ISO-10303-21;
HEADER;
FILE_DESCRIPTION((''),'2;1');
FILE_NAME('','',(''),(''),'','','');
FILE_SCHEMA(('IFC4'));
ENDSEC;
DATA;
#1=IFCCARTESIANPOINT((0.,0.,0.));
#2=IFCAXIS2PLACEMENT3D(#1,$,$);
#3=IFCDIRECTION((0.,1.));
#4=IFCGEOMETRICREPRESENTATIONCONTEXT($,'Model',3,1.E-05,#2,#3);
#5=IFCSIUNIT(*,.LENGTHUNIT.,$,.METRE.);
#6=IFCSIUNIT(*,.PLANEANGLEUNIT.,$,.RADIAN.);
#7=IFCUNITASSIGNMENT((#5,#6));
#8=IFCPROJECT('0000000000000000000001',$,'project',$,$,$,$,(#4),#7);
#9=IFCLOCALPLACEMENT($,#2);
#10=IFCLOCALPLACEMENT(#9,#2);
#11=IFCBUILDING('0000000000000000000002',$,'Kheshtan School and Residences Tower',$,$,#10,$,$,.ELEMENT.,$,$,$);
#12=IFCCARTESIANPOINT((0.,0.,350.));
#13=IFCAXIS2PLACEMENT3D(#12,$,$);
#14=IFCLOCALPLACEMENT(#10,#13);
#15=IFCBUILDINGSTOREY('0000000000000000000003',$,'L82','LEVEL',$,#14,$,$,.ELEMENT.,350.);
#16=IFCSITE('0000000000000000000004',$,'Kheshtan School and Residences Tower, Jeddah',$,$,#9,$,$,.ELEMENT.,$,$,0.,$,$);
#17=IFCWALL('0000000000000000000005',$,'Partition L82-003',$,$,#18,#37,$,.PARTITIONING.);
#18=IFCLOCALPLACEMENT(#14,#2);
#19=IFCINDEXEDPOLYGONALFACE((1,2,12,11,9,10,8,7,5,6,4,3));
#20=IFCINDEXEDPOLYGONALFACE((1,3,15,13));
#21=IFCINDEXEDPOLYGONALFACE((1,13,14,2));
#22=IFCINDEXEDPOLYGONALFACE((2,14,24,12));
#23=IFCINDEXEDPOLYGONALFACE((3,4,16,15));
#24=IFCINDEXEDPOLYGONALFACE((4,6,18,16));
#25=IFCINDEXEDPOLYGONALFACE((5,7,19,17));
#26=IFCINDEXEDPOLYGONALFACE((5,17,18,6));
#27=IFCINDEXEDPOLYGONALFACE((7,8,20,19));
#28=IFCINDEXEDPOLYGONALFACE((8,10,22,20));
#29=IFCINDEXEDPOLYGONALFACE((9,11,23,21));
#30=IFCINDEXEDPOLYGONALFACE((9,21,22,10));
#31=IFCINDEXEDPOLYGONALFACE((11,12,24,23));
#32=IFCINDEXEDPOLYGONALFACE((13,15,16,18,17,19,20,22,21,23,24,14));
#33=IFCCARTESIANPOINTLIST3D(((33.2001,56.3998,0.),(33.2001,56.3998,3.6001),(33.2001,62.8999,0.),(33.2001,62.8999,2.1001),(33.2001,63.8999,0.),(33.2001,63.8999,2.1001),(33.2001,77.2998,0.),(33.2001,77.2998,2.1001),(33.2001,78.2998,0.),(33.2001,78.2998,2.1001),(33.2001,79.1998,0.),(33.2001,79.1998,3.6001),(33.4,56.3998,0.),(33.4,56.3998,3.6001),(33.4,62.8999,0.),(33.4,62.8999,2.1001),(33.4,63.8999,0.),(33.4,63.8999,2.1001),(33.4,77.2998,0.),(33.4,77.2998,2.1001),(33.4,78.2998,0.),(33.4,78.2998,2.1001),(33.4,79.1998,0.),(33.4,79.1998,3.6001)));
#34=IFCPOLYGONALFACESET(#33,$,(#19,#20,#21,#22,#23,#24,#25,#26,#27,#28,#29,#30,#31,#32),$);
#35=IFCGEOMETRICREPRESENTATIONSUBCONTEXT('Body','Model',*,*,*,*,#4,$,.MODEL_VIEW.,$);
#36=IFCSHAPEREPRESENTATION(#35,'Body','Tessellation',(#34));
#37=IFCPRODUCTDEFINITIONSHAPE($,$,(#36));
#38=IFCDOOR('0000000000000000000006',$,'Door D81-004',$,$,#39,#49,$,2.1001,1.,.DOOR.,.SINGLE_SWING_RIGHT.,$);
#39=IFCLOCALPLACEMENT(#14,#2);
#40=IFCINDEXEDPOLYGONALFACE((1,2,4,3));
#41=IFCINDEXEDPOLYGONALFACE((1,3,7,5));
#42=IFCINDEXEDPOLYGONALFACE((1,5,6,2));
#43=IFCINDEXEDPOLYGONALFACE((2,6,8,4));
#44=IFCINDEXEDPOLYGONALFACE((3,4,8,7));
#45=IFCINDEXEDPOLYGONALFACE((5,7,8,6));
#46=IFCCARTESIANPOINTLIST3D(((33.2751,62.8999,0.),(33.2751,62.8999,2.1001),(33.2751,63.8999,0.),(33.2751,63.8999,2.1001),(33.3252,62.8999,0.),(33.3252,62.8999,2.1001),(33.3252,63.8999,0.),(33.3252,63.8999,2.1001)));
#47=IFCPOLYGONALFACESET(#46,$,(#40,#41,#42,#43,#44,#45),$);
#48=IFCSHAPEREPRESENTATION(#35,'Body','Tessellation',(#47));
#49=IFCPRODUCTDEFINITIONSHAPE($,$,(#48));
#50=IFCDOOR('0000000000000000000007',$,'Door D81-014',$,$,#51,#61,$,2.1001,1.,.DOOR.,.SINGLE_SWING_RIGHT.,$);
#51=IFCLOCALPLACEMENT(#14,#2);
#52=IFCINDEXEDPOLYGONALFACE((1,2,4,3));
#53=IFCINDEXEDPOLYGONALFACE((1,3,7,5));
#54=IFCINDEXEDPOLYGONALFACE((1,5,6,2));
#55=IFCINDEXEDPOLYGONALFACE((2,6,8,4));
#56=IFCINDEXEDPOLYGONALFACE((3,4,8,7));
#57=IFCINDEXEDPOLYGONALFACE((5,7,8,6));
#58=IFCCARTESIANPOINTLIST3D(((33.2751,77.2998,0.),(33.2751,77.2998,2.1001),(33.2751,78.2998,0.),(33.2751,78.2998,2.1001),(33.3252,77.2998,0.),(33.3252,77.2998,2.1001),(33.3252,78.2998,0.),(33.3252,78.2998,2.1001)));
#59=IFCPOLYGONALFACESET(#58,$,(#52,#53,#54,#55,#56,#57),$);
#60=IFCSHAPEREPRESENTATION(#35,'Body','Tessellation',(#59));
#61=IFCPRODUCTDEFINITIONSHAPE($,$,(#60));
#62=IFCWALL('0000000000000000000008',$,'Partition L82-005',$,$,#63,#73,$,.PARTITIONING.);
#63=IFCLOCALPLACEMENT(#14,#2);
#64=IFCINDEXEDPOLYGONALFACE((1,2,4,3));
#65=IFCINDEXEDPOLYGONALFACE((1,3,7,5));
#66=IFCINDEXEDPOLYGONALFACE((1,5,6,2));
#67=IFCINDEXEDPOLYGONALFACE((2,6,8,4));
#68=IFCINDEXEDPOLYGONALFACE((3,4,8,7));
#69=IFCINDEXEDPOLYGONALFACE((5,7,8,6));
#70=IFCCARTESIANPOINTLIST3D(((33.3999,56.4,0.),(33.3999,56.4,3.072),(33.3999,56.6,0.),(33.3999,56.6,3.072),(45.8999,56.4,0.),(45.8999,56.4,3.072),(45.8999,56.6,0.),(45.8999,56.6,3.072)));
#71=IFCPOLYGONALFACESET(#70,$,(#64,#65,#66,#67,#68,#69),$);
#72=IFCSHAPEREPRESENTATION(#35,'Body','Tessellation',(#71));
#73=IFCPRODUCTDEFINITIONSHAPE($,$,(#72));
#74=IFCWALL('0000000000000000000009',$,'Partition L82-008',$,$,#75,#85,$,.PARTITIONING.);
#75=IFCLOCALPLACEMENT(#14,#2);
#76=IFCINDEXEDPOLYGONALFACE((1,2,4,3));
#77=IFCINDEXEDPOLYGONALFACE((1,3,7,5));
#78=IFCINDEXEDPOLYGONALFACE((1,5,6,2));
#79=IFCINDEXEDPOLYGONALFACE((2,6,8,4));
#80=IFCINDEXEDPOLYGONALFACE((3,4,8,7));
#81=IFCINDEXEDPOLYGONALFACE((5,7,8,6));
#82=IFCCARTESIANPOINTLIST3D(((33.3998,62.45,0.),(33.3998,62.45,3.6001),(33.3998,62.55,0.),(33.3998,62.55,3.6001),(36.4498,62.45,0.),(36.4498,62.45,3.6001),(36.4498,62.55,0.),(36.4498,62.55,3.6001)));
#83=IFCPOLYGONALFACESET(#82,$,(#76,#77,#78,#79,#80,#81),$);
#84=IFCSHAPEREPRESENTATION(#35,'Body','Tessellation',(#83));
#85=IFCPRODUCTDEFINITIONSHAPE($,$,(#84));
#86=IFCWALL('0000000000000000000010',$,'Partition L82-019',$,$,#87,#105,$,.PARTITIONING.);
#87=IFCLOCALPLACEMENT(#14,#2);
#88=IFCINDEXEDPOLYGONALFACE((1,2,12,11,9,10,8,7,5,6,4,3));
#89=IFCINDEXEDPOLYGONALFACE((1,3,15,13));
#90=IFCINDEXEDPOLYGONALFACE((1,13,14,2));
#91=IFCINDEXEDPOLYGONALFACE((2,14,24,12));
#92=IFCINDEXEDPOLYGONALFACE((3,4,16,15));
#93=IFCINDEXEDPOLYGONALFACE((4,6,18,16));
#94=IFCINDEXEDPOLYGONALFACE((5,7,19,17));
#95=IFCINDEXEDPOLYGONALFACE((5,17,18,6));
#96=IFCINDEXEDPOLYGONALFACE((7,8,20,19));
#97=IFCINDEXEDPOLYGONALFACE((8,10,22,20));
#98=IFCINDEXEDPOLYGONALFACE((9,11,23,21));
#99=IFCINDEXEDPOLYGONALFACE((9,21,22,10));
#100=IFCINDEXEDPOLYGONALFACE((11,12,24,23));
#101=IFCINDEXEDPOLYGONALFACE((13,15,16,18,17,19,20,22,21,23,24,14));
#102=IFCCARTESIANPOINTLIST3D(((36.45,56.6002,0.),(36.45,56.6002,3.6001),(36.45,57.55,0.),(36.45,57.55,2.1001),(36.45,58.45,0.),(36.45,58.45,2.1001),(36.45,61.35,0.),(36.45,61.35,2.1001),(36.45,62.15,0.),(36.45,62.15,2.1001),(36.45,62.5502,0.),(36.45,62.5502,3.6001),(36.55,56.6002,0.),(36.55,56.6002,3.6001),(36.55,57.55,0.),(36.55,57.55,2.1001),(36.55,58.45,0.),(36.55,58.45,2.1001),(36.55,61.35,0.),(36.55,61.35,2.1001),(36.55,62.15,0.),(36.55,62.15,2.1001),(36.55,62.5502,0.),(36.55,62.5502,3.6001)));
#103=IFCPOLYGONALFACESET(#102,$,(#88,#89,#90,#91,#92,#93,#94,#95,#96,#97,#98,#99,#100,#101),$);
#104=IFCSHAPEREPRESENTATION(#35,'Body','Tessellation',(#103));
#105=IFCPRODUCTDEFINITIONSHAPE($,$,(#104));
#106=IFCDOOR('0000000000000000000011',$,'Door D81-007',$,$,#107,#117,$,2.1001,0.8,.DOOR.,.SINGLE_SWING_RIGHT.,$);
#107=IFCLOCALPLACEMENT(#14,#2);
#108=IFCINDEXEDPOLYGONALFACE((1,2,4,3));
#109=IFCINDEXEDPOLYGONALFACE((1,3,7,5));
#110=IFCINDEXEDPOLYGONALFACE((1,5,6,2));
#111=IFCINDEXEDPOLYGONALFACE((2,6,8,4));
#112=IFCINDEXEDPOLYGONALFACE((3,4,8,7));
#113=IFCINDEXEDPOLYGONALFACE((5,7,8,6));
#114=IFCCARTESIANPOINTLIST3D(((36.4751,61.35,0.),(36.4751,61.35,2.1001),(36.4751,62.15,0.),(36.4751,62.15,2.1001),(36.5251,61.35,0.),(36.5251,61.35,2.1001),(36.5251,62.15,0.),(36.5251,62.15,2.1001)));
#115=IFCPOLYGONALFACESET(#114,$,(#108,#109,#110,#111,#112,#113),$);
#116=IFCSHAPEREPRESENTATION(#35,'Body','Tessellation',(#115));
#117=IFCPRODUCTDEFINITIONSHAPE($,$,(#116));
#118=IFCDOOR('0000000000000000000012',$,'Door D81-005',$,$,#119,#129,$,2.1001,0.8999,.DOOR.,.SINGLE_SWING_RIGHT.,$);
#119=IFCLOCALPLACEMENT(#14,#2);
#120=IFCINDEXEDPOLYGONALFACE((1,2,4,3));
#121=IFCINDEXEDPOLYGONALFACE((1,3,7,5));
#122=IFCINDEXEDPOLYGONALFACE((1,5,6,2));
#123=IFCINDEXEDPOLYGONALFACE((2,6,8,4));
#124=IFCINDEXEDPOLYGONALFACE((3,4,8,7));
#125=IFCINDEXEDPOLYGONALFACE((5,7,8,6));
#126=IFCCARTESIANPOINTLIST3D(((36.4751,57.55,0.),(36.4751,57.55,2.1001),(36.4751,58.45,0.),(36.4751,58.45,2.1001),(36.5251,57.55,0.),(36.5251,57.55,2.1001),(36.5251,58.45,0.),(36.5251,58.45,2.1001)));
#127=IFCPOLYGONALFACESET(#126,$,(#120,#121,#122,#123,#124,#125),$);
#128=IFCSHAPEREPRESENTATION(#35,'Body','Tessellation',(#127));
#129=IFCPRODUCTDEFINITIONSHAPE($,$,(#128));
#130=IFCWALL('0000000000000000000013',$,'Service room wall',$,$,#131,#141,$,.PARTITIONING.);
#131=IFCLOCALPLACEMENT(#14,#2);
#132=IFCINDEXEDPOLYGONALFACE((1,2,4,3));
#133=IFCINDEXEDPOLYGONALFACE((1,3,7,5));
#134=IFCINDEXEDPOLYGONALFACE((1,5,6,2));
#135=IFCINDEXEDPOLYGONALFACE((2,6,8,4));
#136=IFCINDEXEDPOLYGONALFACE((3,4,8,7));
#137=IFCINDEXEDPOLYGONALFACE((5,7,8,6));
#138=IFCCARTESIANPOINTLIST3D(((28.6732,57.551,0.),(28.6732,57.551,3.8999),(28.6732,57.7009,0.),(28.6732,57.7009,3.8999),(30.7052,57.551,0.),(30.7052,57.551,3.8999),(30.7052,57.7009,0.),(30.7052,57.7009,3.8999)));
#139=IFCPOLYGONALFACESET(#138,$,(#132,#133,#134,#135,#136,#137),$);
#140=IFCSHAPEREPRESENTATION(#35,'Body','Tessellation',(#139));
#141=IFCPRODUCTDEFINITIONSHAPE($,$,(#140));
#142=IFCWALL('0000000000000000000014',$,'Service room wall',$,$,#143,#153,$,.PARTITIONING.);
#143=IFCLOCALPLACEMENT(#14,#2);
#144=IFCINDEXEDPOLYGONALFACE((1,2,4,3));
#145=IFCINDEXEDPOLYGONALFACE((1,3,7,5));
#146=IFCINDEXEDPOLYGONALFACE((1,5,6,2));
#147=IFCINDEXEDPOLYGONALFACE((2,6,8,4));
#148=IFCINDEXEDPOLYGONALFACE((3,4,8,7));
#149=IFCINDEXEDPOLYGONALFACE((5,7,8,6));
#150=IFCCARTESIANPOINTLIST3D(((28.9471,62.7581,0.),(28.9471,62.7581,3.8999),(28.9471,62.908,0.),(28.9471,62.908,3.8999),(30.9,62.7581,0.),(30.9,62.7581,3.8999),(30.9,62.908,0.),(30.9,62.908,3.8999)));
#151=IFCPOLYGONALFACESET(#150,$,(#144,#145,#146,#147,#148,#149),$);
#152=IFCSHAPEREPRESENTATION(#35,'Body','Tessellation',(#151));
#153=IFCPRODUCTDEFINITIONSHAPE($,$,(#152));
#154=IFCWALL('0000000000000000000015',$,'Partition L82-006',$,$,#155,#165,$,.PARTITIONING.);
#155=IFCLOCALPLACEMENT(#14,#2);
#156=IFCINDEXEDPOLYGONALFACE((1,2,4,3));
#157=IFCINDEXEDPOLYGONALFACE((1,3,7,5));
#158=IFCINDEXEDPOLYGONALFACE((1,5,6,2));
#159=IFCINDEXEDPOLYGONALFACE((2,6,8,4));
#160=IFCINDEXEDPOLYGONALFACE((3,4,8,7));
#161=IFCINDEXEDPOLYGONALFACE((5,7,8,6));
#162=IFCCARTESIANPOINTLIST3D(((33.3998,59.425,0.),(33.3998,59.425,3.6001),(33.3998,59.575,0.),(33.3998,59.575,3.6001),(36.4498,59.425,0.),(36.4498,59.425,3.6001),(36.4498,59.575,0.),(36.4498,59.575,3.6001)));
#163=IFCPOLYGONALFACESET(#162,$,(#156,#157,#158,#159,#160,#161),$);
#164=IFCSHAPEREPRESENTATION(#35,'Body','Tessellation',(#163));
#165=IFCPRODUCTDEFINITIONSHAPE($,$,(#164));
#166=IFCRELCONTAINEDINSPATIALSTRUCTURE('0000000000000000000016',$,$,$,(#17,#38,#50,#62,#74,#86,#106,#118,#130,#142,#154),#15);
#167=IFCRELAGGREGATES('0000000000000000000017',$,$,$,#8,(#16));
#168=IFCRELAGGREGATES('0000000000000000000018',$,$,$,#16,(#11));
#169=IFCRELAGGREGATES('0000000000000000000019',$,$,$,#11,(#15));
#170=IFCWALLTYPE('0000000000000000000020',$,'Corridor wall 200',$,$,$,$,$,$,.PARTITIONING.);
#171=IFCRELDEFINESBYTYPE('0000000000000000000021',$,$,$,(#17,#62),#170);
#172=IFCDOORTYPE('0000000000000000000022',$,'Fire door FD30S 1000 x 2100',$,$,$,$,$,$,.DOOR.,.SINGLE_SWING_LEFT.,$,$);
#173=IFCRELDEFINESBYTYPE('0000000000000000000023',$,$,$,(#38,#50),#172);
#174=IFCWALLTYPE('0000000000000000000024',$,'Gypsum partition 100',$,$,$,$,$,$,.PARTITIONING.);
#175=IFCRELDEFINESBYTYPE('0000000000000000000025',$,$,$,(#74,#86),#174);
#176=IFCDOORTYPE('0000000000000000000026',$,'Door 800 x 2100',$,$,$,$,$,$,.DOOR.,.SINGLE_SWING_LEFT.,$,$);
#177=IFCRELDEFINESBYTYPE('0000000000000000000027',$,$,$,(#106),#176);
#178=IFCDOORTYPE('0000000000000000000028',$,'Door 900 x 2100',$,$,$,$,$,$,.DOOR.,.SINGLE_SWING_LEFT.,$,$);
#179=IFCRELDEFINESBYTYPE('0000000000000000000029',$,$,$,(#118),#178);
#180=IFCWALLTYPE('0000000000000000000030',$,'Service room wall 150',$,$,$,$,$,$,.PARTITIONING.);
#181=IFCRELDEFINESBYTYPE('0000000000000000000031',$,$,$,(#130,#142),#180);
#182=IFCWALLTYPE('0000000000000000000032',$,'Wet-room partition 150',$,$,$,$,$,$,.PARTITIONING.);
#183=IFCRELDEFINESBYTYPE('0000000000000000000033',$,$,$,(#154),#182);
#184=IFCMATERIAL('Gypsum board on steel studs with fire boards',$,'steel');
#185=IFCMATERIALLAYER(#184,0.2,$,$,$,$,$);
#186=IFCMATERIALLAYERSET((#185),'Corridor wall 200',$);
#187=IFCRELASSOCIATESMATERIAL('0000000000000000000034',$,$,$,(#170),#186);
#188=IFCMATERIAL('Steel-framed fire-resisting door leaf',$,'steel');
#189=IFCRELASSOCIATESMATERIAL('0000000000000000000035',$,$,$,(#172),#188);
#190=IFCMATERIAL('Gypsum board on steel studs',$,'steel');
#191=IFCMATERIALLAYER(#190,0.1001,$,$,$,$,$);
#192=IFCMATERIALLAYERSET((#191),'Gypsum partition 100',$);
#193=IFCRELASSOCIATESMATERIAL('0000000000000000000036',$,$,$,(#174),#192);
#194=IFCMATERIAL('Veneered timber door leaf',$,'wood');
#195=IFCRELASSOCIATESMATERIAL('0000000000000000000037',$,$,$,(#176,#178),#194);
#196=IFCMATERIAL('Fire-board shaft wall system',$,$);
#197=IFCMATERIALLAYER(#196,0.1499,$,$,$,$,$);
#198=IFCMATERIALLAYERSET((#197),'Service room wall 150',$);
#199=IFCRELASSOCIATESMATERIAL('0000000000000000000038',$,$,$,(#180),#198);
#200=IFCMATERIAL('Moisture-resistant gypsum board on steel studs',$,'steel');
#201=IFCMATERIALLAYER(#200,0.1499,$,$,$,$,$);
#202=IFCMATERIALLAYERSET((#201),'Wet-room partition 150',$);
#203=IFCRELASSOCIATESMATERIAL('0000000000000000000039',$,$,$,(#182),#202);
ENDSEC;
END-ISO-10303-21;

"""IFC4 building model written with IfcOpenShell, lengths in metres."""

from ifc_helpers import new_model, si_unit, direction, frame, frame_2d, origin, place, context, subcontext, project, spatial, rectangle, extrude, source, transform, mapped, material, layer, layer_set, type_object, element, fill, save


model = new_model("IFC4")

# Units and contexts
model_context = context("Model", 3, precision=1e-05, world=origin(), true_north=direction((0.0, 1.0)))
body_context = subcontext(model_context, "Body", "Model", "MODEL_VIEW")
ifc_project = project(units=[si_unit("LENGTHUNIT", "METRE"), si_unit("PLANEANGLEUNIT", "RADIAN")], contexts=[model_context])

# Site, building, storey
site_placement = place(None, origin())
site = spatial("IfcSite", under=ifc_project, at=site_placement, Name="Kheshtan School and Residences Tower, Jeddah", CompositionType="ELEMENT", RefElevation=0.0)
building_placement = place(site_placement, origin())
building = spatial("IfcBuilding", under=site, at=building_placement, Name="Kheshtan School and Residences Tower", CompositionType="ELEMENT")
storey_placement = place(building_placement, frame((0.0, 0.0, 350.0)))
storey = spatial("IfcBuildingStorey", under=building, at=storey_placement, Name="L82", Description="LEVEL", CompositionType="ELEMENT", Elevation=350.0)

# Wall, openings, doors
ifc_material_1 = material(Name="Gypsum board on steel studs with fire boards", Category="steel")
ifc_layer_1 = layer(ifc_material_1, 0.2)
ifc_layer_set_1 = layer_set([ifc_layer_1], Name="Corridor wall 200")
wall_type_1 = type_object("IfcWallType", Name="Corridor wall 200", PredefinedType="PARTITIONING", material=ifc_layer_set_1)
wall_1_placement = place(storey_placement, frame((33.3, 56.3999, 0.0), z_axis=(0.0, 0.0, 1.0), x_axis=(0.0, 1.0, 0.0)))
wall_1 = element("IfcWall", 1, at=wall_1_placement, inside=storey, type_object=wall_type_1, Name="Partition L82-003", PredefinedType="PARTITIONING", context=body_context, shape_type="SweptSolid", body=[
    extrude(rectangle(XDim=22.8, YDim=0.2, at=frame_2d((11.3999, 0.0))), origin(), (0.0, 0.0, 1.0), 3.6001),
])
opening_1_placement = place(wall_1_placement, frame((6.5, 0.0, 0.0)))
opening_1 = element("IfcOpeningElement", 2, at=opening_1_placement, cuts=wall_1, PredefinedType="OPENING", context=body_context, shape_type="SweptSolid", body=[
    extrude(rectangle(XDim=1.0, YDim=2.1001, at=frame_2d((0.5, 1.05))), frame((0.0, 0.1099, 0.0), z_axis=(0.0, -1.0, 0.0), x_axis=(1.0, 0.0, 0.0)), (0.0, 0.0, 1.0), 0.22),
])
opening_2_placement = place(wall_1_placement, frame((20.8999, 0.0, 0.0)))
opening_2 = element("IfcOpeningElement", 3, at=opening_2_placement, cuts=wall_1, PredefinedType="OPENING", context=body_context, shape_type="SweptSolid", body=[
    extrude(rectangle(XDim=1.0, YDim=2.1001, at=frame_2d((0.5, 1.05))), frame((0.0, 0.1099, 0.0), z_axis=(0.0, -1.0, 0.0), x_axis=(1.0, 0.0, 0.0)), (0.0, 0.0, 1.0), 0.22),
])
ifc_material_2 = material(Name="Steel-framed fire-resisting door leaf", Category="steel")
door_type_1 = type_object("IfcDoorType", Name="Fire door FD30S 1000 x 2100", OperationType="SINGLE_SWING_LEFT", PredefinedType="DOOR", material=ifc_material_2)
shared_shape_1 = source(origin(), body_context, "Body", "SweptSolid", [
    extrude(rectangle(XDim=1.0, YDim=2.1001, at=frame_2d((0.5, 1.05))), frame((0.0, 0.0249, 0.0), z_axis=(0.0, -1.0, 0.0), x_axis=(1.0, 0.0, 0.0)), (0.0, 0.0, 1.0), 0.05),
])
door_1_placement = place(opening_1_placement, origin())
door_1 = element("IfcDoor", 4, at=door_1_placement, inside=storey, type_object=door_type_1, Name="Door D81-004", OperationType="SINGLE_SWING_RIGHT", OverallHeight=2.1001, OverallWidth=1.0, PredefinedType="DOOR", context=body_context, shape_type="MappedRepresentation", body=[
    mapped(shared_shape_1, transform((0.0, 0.0, 0.0), x_axis=(1.0, 0.0, 0.0), y_axis=(0.0, 1.0, 0.0), z_axis=(0.0, 0.0, 1.0), scale=1.0)),
])
fill(opening_1, door_1)
door_2_placement = place(opening_2_placement, origin())
door_2 = element("IfcDoor", 5, at=door_2_placement, inside=storey, type_object=door_type_1, Name="Door D81-014", OperationType="SINGLE_SWING_RIGHT", OverallHeight=2.1001, OverallWidth=1.0, PredefinedType="DOOR", context=body_context, shape_type="MappedRepresentation", body=[
    mapped(shared_shape_1, transform((0.0, 0.0, 0.0), x_axis=(1.0, 0.0, 0.0), y_axis=(0.0, 1.0, 0.0), z_axis=(0.0, 0.0, 1.0), scale=1.0)),
])
fill(opening_2, door_2)

# Walls
wall_2_placement = place(storey_placement, frame((33.3999, 56.5, 0.0), z_axis=(0.0, 0.0, 1.0), x_axis=(1.0, 0.0, 0.0)))
element("IfcWall", 6, at=wall_2_placement, inside=storey, type_object=wall_type_1, Name="Partition L82-005", PredefinedType="PARTITIONING", context=body_context, shape_type="SweptSolid", body=[
    extrude(rectangle(XDim=12.5, YDim=0.2, at=frame_2d((6.25, 0.0))), origin(), (0.0, 0.0, 1.0), 3.072),
])
ifc_material_3 = material(Name="Gypsum board on steel studs", Category="steel")
ifc_layer_2 = layer(ifc_material_3, 0.1001)
ifc_layer_set_2 = layer_set([ifc_layer_2], Name="Gypsum partition 100")
wall_type_2 = type_object("IfcWallType", Name="Gypsum partition 100", PredefinedType="PARTITIONING", material=ifc_layer_set_2)
wall_3_placement = place(storey_placement, frame((33.3999, 62.5, 0.0), z_axis=(0.0, 0.0, 1.0), x_axis=(1.0, 0.0, 0.0)))
element("IfcWall", 7, at=wall_3_placement, inside=storey, type_object=wall_type_2, Name="Partition L82-008", PredefinedType="PARTITIONING", context=body_context, shape_type="SweptSolid", body=[
    extrude(rectangle(XDim=3.05, YDim=0.1001, at=frame_2d((1.5249, 0.0))), origin(), (0.0, 0.0, 1.0), 3.6001),
])

# Wall, openings, doors
wall_4_placement = place(storey_placement, frame((36.5, 56.6001, 0.0), z_axis=(0.0, 0.0, 1.0), x_axis=(0.0, 1.0, 0.0)))
wall_4 = element("IfcWall", 8, at=wall_4_placement, inside=storey, type_object=wall_type_2, Name="Partition L82-019", PredefinedType="PARTITIONING", context=body_context, shape_type="SweptSolid", body=[
    extrude(rectangle(XDim=5.95, YDim=0.1001, at=frame_2d((2.9751, 0.0))), origin(), (0.0, 0.0, 1.0), 3.6001),
])
opening_3_placement = place(wall_4_placement, frame((0.95, 0.0, 0.0)))
opening_3 = element("IfcOpeningElement", 9, at=opening_3_placement, cuts=wall_4, PredefinedType="OPENING", context=body_context, shape_type="SweptSolid", body=[
    extrude(rectangle(XDim=0.8999, YDim=2.1001, at=frame_2d((0.45, 1.05))), frame((0.0, 0.0601, 0.0), z_axis=(0.0, -1.0, 0.0), x_axis=(1.0, 0.0, 0.0)), (0.0, 0.0, 1.0), 0.1201),
])
opening_4_placement = place(wall_4_placement, frame((4.75, 0.0, 0.0)))
opening_4 = element("IfcOpeningElement", 10, at=opening_4_placement, cuts=wall_4, PredefinedType="OPENING", context=body_context, shape_type="SweptSolid", body=[
    extrude(rectangle(XDim=0.8, YDim=2.1001, at=frame_2d((0.3999, 1.05))), frame((0.0, 0.0601, 0.0), z_axis=(0.0, -1.0, 0.0), x_axis=(1.0, 0.0, 0.0)), (0.0, 0.0, 1.0), 0.1201),
])
ifc_material_4 = material(Name="Veneered timber door leaf", Category="wood")
door_type_2 = type_object("IfcDoorType", Name="Door 800 x 2100", OperationType="SINGLE_SWING_LEFT", PredefinedType="DOOR", material=ifc_material_4)
shared_shape_2 = source(origin(), body_context, "Body", "SweptSolid", [
    extrude(rectangle(XDim=0.8, YDim=2.1001, at=frame_2d((0.3999, 1.05))), frame((0.0, 0.0249, 0.0), z_axis=(0.0, -1.0, 0.0), x_axis=(1.0, 0.0, 0.0)), (0.0, 0.0, 1.0), 0.05),
])
door_3_placement = place(opening_4_placement, origin())
door_3 = element("IfcDoor", 11, at=door_3_placement, inside=storey, type_object=door_type_2, Name="Door D81-007", OperationType="SINGLE_SWING_RIGHT", OverallHeight=2.1001, OverallWidth=0.8, PredefinedType="DOOR", context=body_context, shape_type="MappedRepresentation", body=[
    mapped(shared_shape_2, transform((0.0, 0.0, 0.0), x_axis=(1.0, 0.0, 0.0), y_axis=(0.0, 1.0, 0.0), z_axis=(0.0, 0.0, 1.0), scale=1.0)),
])
fill(opening_4, door_3)
door_type_3 = type_object("IfcDoorType", Name="Door 900 x 2100", OperationType="SINGLE_SWING_LEFT", PredefinedType="DOOR", material=ifc_material_4)
shared_shape_3 = source(origin(), body_context, "Body", "SweptSolid", [
    extrude(rectangle(XDim=0.8999, YDim=2.1001, at=frame_2d((0.45, 1.05))), frame((0.0, 0.0249, 0.0), z_axis=(0.0, -1.0, 0.0), x_axis=(1.0, 0.0, 0.0)), (0.0, 0.0, 1.0), 0.05),
])
door_4_placement = place(opening_3_placement, origin())
door_4 = element("IfcDoor", 12, at=door_4_placement, inside=storey, type_object=door_type_3, Name="Door D81-005", OperationType="SINGLE_SWING_RIGHT", OverallHeight=2.1001, OverallWidth=0.8999, PredefinedType="DOOR", context=body_context, shape_type="MappedRepresentation", body=[
    mapped(shared_shape_3, transform((0.0, 0.0, 0.0), x_axis=(1.0, 0.0, 0.0), y_axis=(0.0, 1.0, 0.0), z_axis=(0.0, 0.0, 1.0), scale=1.0)),
])
fill(opening_3, door_4)

# Walls
ifc_material_5 = material(Name="Fire-board shaft wall system")
ifc_layer_3 = layer(ifc_material_5, 0.1499)
ifc_layer_set_3 = layer_set([ifc_layer_3], Name="Service room wall 150")
wall_type_3 = type_object("IfcWallType", Name="Service room wall 150", PredefinedType="PARTITIONING", material=ifc_layer_set_3)
wall_5_placement = place(storey_placement, frame((28.6731, 57.626, 0.0), z_axis=(0.0, 0.0, 1.0), x_axis=(1.0, 0.0, 0.0)))
element("IfcWall", 13, at=wall_5_placement, inside=storey, type_object=wall_type_3, Name="Service room wall", PredefinedType="PARTITIONING", context=body_context, shape_type="SweptSolid", body=[
    extrude(rectangle(XDim=2.032, YDim=0.1499, at=frame_2d((1.0161, 0.0))), origin(), (0.0, 0.0, 1.0), 3.8999),
])
wall_6_placement = place(storey_placement, frame((28.947, 62.833, 0.0), z_axis=(0.0, 0.0, 1.0), x_axis=(1.0, 0.0, 0.0)))
element("IfcWall", 14, at=wall_6_placement, inside=storey, type_object=wall_type_3, Name="Service room wall", PredefinedType="PARTITIONING", context=body_context, shape_type="SweptSolid", body=[
    extrude(rectangle(XDim=1.9529, YDim=0.1499, at=frame_2d((0.9766, 0.0))), origin(), (0.0, 0.0, 1.0), 3.8999),
])
ifc_material_6 = material(Name="Moisture-resistant gypsum board on steel studs", Category="steel")
ifc_layer_4 = layer(ifc_material_6, 0.1499)
ifc_layer_set_4 = layer_set([ifc_layer_4], Name="Wet-room partition 150")
wall_type_4 = type_object("IfcWallType", Name="Wet-room partition 150", PredefinedType="PARTITIONING", material=ifc_layer_set_4)
wall_7_placement = place(storey_placement, frame((33.3999, 59.5, 0.0), z_axis=(0.0, 0.0, 1.0), x_axis=(1.0, 0.0, 0.0)))
element("IfcWall", 15, at=wall_7_placement, inside=storey, type_object=wall_type_4, Name="Partition L82-006", PredefinedType="PARTITIONING", context=body_context, shape_type="SweptSolid", body=[
    extrude(rectangle(XDim=3.05, YDim=0.1499, at=frame_2d((1.5249, 0.0))), origin(), (0.0, 0.0, 1.0), 3.6001),
])

save(model, "model.ifc")
